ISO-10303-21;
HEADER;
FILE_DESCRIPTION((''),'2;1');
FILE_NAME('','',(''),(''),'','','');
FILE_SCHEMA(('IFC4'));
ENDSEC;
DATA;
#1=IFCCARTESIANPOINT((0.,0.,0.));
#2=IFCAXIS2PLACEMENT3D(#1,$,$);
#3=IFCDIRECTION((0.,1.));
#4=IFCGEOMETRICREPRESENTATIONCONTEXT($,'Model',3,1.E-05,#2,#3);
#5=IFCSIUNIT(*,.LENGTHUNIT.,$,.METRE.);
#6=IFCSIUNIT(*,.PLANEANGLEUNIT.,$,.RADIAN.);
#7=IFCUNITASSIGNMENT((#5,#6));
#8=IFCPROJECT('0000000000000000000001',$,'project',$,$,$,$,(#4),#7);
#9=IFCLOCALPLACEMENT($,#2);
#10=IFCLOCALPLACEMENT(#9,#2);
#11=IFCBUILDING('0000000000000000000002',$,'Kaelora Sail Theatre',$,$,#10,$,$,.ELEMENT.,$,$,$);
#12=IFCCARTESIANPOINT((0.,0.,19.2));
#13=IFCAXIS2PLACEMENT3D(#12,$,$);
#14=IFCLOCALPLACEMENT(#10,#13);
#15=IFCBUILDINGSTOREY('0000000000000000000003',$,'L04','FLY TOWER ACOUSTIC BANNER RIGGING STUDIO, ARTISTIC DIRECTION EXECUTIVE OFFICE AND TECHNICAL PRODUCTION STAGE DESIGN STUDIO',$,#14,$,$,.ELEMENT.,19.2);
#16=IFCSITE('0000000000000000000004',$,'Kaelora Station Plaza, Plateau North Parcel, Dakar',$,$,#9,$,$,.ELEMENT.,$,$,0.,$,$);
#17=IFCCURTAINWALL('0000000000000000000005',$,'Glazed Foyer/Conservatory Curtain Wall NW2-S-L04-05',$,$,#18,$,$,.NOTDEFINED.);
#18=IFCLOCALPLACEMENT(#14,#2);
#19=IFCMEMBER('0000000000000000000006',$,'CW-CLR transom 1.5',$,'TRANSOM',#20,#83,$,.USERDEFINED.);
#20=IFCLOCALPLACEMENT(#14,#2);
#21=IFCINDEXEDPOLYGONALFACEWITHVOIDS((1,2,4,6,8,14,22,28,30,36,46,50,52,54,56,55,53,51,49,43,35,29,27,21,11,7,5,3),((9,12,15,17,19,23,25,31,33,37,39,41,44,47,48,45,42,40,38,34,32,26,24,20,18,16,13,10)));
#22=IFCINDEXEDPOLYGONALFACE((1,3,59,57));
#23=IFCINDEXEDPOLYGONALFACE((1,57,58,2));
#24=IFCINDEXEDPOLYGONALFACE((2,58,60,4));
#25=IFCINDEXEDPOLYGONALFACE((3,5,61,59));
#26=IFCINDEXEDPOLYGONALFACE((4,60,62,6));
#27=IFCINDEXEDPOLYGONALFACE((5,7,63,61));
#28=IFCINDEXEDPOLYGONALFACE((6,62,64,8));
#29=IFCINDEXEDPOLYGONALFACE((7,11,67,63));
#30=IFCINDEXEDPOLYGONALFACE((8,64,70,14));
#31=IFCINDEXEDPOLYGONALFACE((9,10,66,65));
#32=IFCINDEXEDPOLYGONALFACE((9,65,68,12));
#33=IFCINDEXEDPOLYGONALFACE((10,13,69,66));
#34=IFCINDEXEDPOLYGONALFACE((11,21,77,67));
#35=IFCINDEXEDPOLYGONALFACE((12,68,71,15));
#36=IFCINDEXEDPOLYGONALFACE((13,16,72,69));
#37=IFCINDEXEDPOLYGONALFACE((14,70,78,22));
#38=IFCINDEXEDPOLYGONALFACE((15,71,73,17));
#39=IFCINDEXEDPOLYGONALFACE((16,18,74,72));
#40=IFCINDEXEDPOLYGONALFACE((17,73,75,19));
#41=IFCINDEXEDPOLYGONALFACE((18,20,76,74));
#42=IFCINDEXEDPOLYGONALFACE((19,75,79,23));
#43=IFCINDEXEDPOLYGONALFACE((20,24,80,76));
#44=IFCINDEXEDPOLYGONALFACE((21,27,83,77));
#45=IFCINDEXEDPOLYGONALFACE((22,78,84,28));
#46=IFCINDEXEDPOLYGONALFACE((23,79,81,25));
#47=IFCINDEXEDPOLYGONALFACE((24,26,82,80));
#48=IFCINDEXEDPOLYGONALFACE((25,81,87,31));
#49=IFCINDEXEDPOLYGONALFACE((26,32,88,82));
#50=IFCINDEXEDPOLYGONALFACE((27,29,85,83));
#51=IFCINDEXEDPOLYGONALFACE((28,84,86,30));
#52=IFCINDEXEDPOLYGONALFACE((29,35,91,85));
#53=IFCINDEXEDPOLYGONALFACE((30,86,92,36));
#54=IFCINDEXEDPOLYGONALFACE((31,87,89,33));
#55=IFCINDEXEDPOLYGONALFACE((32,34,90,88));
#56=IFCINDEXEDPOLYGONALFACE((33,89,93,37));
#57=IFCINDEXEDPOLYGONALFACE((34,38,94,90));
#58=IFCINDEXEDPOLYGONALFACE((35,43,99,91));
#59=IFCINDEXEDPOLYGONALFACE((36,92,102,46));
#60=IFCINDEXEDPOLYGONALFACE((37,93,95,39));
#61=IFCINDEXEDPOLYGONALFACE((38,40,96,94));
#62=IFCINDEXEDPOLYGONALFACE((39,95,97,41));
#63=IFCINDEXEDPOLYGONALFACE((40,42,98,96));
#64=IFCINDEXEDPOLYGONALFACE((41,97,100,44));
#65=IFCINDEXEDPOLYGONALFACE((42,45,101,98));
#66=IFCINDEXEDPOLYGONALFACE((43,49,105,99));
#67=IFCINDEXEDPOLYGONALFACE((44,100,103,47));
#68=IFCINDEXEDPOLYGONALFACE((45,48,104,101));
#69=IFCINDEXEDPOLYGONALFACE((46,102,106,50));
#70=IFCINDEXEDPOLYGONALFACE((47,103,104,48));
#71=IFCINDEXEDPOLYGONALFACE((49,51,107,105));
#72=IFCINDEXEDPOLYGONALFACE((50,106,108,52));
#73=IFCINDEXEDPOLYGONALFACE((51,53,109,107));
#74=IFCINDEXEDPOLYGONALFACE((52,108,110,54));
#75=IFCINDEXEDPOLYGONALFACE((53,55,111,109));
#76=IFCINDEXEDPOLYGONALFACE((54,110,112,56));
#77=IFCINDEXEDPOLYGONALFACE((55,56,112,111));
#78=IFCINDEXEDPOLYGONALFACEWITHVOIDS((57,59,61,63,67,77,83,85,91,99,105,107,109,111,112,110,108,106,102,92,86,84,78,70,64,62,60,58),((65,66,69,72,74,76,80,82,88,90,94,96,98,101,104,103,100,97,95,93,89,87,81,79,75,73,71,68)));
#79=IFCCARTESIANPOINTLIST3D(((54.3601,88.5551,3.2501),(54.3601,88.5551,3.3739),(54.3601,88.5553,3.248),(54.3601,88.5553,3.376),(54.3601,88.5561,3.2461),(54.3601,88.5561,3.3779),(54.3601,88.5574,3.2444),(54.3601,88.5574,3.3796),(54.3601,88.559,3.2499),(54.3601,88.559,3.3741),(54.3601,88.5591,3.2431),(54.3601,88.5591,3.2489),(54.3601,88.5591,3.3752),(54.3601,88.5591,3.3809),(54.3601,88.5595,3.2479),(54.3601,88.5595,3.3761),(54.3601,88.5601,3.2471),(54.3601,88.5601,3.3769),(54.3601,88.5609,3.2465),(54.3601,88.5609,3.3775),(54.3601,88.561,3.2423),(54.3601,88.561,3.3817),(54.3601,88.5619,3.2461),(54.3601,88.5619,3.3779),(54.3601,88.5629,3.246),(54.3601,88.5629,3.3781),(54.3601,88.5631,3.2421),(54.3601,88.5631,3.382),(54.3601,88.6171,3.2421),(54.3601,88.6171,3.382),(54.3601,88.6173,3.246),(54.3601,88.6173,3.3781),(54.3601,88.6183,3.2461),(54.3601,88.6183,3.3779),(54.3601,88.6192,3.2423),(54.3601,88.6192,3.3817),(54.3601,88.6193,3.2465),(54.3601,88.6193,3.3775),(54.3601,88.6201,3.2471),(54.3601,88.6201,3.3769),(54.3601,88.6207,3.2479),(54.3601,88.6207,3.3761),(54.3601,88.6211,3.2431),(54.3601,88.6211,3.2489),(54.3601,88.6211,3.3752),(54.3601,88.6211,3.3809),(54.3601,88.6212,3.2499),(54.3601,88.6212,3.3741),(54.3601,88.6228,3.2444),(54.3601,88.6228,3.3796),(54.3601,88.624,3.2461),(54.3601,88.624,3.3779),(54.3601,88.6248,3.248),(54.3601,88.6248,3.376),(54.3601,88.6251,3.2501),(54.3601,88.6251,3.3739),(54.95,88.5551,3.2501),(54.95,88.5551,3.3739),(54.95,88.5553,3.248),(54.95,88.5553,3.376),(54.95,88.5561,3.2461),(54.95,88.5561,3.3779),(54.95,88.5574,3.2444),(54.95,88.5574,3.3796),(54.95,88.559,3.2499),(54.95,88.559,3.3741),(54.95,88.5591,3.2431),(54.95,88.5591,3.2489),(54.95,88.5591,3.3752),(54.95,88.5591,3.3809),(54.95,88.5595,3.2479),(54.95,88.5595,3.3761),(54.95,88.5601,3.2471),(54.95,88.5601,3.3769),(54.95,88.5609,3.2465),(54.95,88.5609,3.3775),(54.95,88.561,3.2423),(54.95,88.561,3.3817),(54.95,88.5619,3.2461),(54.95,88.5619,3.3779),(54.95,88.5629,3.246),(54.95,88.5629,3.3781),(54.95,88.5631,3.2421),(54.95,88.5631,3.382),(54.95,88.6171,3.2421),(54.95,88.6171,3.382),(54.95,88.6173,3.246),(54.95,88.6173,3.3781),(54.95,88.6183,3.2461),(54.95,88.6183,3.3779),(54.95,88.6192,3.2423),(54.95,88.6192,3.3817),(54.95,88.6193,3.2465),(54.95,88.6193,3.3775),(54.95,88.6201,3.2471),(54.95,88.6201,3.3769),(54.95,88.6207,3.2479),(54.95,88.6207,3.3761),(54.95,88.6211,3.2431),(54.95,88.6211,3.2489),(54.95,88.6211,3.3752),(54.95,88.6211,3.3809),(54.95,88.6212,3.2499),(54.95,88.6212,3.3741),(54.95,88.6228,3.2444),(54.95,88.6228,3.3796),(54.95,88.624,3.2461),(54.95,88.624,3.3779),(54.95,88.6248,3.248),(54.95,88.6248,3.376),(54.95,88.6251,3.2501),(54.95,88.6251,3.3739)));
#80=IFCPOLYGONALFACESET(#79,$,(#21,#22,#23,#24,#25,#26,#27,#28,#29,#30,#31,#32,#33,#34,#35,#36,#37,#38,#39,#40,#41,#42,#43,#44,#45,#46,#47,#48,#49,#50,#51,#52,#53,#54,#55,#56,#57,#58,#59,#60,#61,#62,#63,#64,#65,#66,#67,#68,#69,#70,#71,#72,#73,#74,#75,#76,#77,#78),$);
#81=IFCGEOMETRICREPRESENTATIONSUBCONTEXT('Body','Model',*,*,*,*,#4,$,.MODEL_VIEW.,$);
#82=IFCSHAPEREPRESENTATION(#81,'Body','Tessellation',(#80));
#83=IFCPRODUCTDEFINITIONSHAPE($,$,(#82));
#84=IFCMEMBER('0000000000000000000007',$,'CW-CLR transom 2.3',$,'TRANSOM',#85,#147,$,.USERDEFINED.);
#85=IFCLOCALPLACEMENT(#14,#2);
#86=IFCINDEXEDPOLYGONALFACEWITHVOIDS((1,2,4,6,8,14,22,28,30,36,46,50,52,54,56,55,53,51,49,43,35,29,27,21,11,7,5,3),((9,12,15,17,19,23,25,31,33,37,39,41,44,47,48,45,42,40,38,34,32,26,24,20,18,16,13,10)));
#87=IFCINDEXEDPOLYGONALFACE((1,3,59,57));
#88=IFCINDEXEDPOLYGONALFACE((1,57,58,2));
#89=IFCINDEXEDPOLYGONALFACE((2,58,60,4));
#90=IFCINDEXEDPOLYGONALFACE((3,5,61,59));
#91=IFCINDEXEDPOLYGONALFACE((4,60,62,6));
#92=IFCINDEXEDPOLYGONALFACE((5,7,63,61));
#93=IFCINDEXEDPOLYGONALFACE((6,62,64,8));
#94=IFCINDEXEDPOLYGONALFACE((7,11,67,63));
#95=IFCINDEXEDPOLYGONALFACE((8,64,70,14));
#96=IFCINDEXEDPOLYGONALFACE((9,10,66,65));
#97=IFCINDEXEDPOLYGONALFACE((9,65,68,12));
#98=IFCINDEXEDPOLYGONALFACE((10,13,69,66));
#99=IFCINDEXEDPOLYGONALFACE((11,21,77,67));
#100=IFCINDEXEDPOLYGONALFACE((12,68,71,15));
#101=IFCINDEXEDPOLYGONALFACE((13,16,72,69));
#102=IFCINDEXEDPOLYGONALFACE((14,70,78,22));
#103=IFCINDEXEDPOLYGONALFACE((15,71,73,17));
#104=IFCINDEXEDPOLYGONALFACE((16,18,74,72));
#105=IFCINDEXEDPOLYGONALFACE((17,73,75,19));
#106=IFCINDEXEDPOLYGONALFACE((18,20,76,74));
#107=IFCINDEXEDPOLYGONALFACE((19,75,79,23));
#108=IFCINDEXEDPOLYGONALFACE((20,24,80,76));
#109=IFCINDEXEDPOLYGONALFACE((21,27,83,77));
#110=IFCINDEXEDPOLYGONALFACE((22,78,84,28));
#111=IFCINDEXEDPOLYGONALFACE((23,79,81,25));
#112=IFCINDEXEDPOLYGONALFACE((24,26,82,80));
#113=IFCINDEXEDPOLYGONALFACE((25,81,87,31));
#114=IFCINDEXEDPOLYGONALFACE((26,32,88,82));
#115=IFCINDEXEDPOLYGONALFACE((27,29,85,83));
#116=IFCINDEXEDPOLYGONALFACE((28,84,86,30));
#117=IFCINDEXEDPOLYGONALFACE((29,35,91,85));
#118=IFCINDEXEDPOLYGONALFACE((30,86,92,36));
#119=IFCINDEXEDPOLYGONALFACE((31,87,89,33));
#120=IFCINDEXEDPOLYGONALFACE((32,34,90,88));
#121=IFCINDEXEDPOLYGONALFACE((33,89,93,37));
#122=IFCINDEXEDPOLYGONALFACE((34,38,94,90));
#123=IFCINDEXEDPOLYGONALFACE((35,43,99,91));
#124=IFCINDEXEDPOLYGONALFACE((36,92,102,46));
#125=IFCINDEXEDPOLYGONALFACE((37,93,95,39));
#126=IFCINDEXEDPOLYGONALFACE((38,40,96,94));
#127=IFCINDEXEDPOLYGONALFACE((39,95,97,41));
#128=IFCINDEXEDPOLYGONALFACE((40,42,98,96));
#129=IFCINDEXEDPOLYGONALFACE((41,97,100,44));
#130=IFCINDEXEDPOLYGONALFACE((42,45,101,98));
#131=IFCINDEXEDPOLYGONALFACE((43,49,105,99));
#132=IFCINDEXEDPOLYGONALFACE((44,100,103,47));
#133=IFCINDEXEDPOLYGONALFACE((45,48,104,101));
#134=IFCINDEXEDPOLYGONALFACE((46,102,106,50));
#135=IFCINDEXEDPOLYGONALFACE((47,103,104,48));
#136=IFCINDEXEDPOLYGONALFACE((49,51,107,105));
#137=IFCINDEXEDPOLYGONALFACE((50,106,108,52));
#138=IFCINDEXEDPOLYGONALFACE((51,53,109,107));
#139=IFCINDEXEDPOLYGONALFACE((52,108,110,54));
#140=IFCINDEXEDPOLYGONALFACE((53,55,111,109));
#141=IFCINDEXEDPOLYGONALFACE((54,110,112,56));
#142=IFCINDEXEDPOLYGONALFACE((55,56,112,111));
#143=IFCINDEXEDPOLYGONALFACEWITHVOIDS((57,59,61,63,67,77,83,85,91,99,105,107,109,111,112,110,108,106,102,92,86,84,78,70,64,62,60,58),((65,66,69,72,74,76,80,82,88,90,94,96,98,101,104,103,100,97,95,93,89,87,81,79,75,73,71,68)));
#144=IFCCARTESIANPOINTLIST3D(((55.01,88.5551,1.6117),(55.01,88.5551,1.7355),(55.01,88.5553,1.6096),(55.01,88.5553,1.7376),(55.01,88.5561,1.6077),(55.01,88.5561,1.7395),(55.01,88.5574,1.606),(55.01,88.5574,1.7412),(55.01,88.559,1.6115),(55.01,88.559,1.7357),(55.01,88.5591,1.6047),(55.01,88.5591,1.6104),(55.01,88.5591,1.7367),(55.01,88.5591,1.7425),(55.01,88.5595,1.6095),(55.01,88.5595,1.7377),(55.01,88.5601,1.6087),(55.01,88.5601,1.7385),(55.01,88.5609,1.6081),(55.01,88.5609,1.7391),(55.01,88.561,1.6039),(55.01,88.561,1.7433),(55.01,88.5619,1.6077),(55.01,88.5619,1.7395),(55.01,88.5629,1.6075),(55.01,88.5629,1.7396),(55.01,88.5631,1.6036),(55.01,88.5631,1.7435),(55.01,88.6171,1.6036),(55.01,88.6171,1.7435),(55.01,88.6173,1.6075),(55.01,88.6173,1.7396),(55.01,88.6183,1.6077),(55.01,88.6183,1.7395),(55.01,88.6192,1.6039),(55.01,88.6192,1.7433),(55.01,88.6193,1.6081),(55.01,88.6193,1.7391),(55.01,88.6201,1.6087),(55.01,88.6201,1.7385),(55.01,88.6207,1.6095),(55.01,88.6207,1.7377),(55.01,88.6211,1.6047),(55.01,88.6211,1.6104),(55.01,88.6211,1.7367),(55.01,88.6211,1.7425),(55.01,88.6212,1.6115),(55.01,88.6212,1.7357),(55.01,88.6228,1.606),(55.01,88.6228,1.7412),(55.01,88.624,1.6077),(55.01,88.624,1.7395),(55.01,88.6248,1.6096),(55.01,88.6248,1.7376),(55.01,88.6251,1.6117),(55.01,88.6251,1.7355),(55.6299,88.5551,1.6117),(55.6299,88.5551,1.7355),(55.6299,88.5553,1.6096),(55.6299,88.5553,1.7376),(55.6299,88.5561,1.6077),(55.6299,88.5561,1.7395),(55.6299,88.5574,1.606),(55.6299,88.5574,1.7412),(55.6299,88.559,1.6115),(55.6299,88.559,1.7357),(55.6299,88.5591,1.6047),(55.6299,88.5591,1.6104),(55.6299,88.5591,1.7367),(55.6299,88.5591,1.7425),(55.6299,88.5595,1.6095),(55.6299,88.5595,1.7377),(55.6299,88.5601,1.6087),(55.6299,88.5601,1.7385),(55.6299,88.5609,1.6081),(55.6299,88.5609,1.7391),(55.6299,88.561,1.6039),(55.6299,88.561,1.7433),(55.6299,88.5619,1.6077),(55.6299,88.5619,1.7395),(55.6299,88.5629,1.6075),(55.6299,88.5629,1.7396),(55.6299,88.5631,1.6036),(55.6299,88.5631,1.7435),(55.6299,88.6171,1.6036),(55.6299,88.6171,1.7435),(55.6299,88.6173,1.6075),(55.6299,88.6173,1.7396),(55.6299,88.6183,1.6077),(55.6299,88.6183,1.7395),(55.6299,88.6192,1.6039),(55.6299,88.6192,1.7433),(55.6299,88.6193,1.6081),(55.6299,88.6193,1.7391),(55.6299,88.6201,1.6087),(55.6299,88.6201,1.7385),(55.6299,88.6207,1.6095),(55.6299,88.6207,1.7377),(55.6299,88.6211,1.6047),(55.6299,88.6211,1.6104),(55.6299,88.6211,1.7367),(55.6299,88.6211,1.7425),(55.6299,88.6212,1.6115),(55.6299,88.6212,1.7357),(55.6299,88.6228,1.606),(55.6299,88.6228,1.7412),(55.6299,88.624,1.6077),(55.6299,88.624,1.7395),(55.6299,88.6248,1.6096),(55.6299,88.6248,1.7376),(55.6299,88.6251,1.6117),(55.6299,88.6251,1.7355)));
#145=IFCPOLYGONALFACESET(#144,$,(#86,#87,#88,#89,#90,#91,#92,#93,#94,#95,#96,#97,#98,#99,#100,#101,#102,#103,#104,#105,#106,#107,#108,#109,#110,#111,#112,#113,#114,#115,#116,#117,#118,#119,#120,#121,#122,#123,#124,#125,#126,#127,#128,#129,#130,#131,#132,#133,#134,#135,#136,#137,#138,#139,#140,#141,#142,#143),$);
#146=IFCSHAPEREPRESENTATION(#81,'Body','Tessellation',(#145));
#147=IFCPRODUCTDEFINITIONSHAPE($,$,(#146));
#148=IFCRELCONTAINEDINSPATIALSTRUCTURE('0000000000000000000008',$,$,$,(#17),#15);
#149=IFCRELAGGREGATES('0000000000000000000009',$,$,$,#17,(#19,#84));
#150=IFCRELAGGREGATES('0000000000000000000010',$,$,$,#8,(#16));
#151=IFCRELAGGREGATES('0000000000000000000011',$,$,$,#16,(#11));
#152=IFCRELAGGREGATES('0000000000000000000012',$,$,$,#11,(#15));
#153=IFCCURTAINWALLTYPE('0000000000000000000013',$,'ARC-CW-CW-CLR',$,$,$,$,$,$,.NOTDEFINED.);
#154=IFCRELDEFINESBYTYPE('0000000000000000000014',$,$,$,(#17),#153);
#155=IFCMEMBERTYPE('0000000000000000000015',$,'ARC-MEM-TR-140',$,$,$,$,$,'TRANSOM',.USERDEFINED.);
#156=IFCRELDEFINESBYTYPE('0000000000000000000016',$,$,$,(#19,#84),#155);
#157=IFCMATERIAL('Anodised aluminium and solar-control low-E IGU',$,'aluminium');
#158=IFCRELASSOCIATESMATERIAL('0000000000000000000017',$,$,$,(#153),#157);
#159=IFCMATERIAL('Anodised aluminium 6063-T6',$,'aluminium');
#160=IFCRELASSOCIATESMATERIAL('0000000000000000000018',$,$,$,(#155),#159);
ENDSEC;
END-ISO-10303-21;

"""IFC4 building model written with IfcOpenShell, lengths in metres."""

from ifc_helpers import new_model, si_unit, direction, frame, origin, origin_2d, place, context, subcontext, project, spatial, hollow_rectangle, extrude, material, material_profile, profile_set, type_object, element, aggregate, save


model = new_model("IFC4")

# Units and contexts
model_context = context("Model", 3, precision=1e-05, world=origin(), true_north=direction((0.0, 1.0)))
body_context = subcontext(model_context, "Body", "Model", "MODEL_VIEW")
ifc_project = project(units=[si_unit("LENGTHUNIT", "METRE"), si_unit("PLANEANGLEUNIT", "RADIAN")], contexts=[model_context])

# Site, building, storey
site_placement = place(None, origin())
site = spatial("IfcSite", under=ifc_project, at=site_placement, Name="Kaelora Station Plaza, Plateau North Parcel, Dakar", CompositionType="ELEMENT", RefElevation=0.0)
building_placement = place(site_placement, origin())
building = spatial("IfcBuilding", under=site, at=building_placement, Name="Kaelora Sail Theatre", CompositionType="ELEMENT")
storey_placement = place(building_placement, frame((0.0, 0.0, 19.2)))
storey = spatial("IfcBuildingStorey", under=building, at=storey_placement, Name="L04", Description="FLY TOWER ACOUSTIC BANNER RIGGING STUDIO, ARTISTIC DIRECTION EXECUTIVE OFFICE AND TECHNICAL PRODUCTION STAGE DESIGN STUDIO", CompositionType="ELEMENT", Elevation=19.2)

# Curtain wall, members
ifc_material_1 = material(Name="Anodised aluminium and solar-control low-E IGU", Category="aluminium")
curtain_wall_type = type_object("IfcCurtainWallType", Name="ARC-CW-CW-CLR", PredefinedType="NOTDEFINED", material=ifc_material_1)
ifc_material_2 = material(Name="Anodised aluminium 6063-T6", Category="aluminium")
ifc_material_profile = material_profile(ifc_material_2, hollow_rectangle(XDim=0.0701, YDim=0.1399, WallThickness=0.0039, InnerFilletRadius=0.0039, OuterFilletRadius=0.0081, at=origin_2d()), Name="ALU-TRAN 70x140x4")
ifc_profile_set = profile_set([ifc_material_profile], Name="Anodised aluminium 6063-T6")
member_type = type_object("IfcMemberType", Name="ARC-MEM-TR-140", ElementType="TRANSOM", PredefinedType="USERDEFINED", material=ifc_profile_set)
curtain_wall_1_placement = place(storey_placement, origin())
curtain_wall_1 = element("IfcCurtainWall", 1, at=curtain_wall_1_placement, inside=storey, type_object=curtain_wall_type, Name="Glazed Foyer/Conservatory Curtain Wall NW2-S-L04-05", PredefinedType="NOTDEFINED")
member_1_placement = place(storey_placement, frame((54.3601, 88.5901, 3.312), z_axis=(1.0, 0.0, 0.0), x_axis=(0.0, 1.0, 0.0)))
member_1 = element("IfcMember", 2, at=member_1_placement, type_object=member_type, Name="CW-CLR transom 1.5", ObjectType="TRANSOM", PredefinedType="USERDEFINED", context=body_context, shape_type="SweptSolid", body=[
    extrude(hollow_rectangle(XDim=0.0701, YDim=0.1399, WallThickness=0.0039, InnerFilletRadius=0.0039, OuterFilletRadius=0.0081, at=origin_2d()), origin(), (0.0, 0.0, 1.0), 0.5898),
])
member_2_placement = place(storey_placement, frame((55.01, 88.5901, 1.6736), z_axis=(1.0, 0.0, 0.0), x_axis=(0.0, 1.0, 0.0)))
member_2 = element("IfcMember", 3, at=member_2_placement, type_object=member_type, Name="CW-CLR transom 2.3", ObjectType="TRANSOM", PredefinedType="USERDEFINED", context=body_context, shape_type="SweptSolid", body=[
    extrude(hollow_rectangle(XDim=0.0701, YDim=0.1399, WallThickness=0.0039, InnerFilletRadius=0.0039, OuterFilletRadius=0.0081, at=origin_2d()), origin(), (0.0, 0.0, 1.0), 0.6199),
])

aggregate(curtain_wall_1, [member_1, member_2])

save(model, "model.ifc")
